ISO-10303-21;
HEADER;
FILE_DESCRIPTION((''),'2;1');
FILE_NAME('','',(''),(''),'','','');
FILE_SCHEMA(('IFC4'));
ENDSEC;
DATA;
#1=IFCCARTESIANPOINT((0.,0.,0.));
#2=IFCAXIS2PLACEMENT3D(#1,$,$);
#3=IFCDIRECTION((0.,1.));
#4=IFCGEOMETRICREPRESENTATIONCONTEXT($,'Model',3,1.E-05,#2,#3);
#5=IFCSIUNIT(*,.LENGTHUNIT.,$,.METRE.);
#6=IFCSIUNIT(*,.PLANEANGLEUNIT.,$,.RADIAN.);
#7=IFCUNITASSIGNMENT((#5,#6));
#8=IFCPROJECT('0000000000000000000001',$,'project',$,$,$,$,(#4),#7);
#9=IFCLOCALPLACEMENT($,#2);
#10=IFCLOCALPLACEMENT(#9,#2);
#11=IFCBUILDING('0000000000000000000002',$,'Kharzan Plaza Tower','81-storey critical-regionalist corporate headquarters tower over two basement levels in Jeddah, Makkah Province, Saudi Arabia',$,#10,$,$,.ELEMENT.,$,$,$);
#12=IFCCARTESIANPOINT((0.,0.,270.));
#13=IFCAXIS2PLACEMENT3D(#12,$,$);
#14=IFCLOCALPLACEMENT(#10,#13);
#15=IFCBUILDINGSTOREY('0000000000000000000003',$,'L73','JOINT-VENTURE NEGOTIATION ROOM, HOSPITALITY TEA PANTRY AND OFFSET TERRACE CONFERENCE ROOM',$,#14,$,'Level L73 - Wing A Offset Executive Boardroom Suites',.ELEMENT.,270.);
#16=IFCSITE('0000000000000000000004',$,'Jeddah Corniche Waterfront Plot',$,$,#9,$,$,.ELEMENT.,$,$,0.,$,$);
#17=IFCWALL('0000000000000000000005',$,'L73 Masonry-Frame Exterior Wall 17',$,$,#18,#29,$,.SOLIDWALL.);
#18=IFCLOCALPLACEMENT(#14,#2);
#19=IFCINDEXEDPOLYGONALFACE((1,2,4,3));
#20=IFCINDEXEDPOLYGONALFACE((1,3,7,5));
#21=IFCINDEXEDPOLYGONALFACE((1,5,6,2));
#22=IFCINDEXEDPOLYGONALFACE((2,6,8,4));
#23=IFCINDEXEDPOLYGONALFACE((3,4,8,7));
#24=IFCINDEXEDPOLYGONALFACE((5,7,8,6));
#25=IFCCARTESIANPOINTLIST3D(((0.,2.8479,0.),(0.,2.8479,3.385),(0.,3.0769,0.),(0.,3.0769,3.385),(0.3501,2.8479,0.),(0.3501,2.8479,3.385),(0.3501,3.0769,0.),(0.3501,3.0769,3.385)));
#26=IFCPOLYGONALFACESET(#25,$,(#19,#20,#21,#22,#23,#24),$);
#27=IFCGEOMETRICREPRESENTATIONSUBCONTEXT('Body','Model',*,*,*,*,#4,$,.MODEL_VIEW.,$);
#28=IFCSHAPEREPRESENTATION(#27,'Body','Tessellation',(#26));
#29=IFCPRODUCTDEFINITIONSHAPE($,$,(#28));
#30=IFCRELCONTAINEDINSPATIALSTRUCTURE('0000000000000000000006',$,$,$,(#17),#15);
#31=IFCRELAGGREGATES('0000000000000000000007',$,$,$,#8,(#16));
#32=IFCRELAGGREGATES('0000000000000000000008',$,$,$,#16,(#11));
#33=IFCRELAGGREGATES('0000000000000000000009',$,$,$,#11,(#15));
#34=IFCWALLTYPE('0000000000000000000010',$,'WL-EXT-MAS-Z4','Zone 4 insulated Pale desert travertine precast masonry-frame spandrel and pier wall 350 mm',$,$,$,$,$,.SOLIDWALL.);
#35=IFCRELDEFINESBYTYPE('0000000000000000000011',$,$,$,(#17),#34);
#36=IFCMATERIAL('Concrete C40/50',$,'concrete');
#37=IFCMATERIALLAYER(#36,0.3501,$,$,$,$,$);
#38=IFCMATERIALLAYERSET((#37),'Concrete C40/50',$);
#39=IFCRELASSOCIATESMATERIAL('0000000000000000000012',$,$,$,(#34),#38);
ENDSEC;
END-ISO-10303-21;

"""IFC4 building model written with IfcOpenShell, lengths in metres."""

from ifc_helpers import new_model, si_unit, direction, frame, frame_2d, origin, place, context, subcontext, project, spatial, rectangle, extrude, source, transform, mapped, material, layer, layer_set, type_object, element, save


model = new_model("IFC4")

# Units and contexts
model_context = context("Model", 3, precision=1e-05, world=origin(), true_north=direction((0.0, 1.0)))
body_context = subcontext(model_context, "Body", "Model", "MODEL_VIEW")
ifc_project = project(units=[si_unit("LENGTHUNIT", "METRE"), si_unit("PLANEANGLEUNIT", "RADIAN")], contexts=[model_context])

# Site, building, storey
site_placement = place(None, origin())
site = spatial("IfcSite", under=ifc_project, at=site_placement, Name="Jeddah Corniche Waterfront Plot", CompositionType="ELEMENT", RefElevation=0.0)
building_placement = place(site_placement, origin())
building = spatial("IfcBuilding", under=site, at=building_placement, Name="Kharzan Plaza Tower", Description="81-storey critical-regionalist corporate headquarters tower over two basement levels in Jeddah, Makkah Province, Saudi Arabia", CompositionType="ELEMENT")
storey_placement = place(building_placement, frame((0.0, 0.0, 270.0)))
storey = spatial("IfcBuildingStorey", under=building, at=storey_placement, Name="L73", Description="JOINT-VENTURE NEGOTIATION ROOM, HOSPITALITY TEA PANTRY AND OFFSET TERRACE CONFERENCE ROOM", LongName="Level L73 - Wing A Offset Executive Boardroom Suites", CompositionType="ELEMENT", Elevation=270.0)

# Shared definitions
ifc_material_1 = material(Name="Concrete C40/50", Category="concrete")

# Shared definitions
ifc_layer_1 = layer(ifc_material_1, 0.3501)
ifc_layer_set_1 = layer_set([ifc_layer_1], Name="Concrete C40/50")
wall_type_1 = type_object("IfcWallType", Name="WL-EXT-MAS-Z4", Description="Zone 4 insulated Pale desert travertine precast masonry-frame spandrel and pier wall 350 mm", PredefinedType="SOLIDWALL", material=ifc_layer_set_1)

# Wall
shared_shape_1 = source(origin(), body_context, "Body", "SweptSolid", [
    extrude(rectangle(XDim=0.229, YDim=0.3501, at=frame_2d((0.1145, 0.0))), origin(), (0.0, 0.0, 1.0), 3.385),
])
wall_1_placement = place(storey_placement, frame((0.175, 3.0769, 0.0), z_axis=(0.0, 0.0, 1.0), x_axis=(0.0, -1.0, 0.0)))
element("IfcWall", 1, at=wall_1_placement, inside=storey, type_object=wall_type_1, Name="L73 Masonry-Frame Exterior Wall 17", PredefinedType="SOLIDWALL", context=body_context, shape_type="MappedRepresentation", body=[
    mapped(shared_shape_1, transform((0.0, 0.0, 0.0), x_axis=(1.0, 0.0, 0.0), y_axis=(0.0, 1.0, 0.0), z_axis=(0.0, 0.0, 1.0))),
])

save(model, "model.ifc")
